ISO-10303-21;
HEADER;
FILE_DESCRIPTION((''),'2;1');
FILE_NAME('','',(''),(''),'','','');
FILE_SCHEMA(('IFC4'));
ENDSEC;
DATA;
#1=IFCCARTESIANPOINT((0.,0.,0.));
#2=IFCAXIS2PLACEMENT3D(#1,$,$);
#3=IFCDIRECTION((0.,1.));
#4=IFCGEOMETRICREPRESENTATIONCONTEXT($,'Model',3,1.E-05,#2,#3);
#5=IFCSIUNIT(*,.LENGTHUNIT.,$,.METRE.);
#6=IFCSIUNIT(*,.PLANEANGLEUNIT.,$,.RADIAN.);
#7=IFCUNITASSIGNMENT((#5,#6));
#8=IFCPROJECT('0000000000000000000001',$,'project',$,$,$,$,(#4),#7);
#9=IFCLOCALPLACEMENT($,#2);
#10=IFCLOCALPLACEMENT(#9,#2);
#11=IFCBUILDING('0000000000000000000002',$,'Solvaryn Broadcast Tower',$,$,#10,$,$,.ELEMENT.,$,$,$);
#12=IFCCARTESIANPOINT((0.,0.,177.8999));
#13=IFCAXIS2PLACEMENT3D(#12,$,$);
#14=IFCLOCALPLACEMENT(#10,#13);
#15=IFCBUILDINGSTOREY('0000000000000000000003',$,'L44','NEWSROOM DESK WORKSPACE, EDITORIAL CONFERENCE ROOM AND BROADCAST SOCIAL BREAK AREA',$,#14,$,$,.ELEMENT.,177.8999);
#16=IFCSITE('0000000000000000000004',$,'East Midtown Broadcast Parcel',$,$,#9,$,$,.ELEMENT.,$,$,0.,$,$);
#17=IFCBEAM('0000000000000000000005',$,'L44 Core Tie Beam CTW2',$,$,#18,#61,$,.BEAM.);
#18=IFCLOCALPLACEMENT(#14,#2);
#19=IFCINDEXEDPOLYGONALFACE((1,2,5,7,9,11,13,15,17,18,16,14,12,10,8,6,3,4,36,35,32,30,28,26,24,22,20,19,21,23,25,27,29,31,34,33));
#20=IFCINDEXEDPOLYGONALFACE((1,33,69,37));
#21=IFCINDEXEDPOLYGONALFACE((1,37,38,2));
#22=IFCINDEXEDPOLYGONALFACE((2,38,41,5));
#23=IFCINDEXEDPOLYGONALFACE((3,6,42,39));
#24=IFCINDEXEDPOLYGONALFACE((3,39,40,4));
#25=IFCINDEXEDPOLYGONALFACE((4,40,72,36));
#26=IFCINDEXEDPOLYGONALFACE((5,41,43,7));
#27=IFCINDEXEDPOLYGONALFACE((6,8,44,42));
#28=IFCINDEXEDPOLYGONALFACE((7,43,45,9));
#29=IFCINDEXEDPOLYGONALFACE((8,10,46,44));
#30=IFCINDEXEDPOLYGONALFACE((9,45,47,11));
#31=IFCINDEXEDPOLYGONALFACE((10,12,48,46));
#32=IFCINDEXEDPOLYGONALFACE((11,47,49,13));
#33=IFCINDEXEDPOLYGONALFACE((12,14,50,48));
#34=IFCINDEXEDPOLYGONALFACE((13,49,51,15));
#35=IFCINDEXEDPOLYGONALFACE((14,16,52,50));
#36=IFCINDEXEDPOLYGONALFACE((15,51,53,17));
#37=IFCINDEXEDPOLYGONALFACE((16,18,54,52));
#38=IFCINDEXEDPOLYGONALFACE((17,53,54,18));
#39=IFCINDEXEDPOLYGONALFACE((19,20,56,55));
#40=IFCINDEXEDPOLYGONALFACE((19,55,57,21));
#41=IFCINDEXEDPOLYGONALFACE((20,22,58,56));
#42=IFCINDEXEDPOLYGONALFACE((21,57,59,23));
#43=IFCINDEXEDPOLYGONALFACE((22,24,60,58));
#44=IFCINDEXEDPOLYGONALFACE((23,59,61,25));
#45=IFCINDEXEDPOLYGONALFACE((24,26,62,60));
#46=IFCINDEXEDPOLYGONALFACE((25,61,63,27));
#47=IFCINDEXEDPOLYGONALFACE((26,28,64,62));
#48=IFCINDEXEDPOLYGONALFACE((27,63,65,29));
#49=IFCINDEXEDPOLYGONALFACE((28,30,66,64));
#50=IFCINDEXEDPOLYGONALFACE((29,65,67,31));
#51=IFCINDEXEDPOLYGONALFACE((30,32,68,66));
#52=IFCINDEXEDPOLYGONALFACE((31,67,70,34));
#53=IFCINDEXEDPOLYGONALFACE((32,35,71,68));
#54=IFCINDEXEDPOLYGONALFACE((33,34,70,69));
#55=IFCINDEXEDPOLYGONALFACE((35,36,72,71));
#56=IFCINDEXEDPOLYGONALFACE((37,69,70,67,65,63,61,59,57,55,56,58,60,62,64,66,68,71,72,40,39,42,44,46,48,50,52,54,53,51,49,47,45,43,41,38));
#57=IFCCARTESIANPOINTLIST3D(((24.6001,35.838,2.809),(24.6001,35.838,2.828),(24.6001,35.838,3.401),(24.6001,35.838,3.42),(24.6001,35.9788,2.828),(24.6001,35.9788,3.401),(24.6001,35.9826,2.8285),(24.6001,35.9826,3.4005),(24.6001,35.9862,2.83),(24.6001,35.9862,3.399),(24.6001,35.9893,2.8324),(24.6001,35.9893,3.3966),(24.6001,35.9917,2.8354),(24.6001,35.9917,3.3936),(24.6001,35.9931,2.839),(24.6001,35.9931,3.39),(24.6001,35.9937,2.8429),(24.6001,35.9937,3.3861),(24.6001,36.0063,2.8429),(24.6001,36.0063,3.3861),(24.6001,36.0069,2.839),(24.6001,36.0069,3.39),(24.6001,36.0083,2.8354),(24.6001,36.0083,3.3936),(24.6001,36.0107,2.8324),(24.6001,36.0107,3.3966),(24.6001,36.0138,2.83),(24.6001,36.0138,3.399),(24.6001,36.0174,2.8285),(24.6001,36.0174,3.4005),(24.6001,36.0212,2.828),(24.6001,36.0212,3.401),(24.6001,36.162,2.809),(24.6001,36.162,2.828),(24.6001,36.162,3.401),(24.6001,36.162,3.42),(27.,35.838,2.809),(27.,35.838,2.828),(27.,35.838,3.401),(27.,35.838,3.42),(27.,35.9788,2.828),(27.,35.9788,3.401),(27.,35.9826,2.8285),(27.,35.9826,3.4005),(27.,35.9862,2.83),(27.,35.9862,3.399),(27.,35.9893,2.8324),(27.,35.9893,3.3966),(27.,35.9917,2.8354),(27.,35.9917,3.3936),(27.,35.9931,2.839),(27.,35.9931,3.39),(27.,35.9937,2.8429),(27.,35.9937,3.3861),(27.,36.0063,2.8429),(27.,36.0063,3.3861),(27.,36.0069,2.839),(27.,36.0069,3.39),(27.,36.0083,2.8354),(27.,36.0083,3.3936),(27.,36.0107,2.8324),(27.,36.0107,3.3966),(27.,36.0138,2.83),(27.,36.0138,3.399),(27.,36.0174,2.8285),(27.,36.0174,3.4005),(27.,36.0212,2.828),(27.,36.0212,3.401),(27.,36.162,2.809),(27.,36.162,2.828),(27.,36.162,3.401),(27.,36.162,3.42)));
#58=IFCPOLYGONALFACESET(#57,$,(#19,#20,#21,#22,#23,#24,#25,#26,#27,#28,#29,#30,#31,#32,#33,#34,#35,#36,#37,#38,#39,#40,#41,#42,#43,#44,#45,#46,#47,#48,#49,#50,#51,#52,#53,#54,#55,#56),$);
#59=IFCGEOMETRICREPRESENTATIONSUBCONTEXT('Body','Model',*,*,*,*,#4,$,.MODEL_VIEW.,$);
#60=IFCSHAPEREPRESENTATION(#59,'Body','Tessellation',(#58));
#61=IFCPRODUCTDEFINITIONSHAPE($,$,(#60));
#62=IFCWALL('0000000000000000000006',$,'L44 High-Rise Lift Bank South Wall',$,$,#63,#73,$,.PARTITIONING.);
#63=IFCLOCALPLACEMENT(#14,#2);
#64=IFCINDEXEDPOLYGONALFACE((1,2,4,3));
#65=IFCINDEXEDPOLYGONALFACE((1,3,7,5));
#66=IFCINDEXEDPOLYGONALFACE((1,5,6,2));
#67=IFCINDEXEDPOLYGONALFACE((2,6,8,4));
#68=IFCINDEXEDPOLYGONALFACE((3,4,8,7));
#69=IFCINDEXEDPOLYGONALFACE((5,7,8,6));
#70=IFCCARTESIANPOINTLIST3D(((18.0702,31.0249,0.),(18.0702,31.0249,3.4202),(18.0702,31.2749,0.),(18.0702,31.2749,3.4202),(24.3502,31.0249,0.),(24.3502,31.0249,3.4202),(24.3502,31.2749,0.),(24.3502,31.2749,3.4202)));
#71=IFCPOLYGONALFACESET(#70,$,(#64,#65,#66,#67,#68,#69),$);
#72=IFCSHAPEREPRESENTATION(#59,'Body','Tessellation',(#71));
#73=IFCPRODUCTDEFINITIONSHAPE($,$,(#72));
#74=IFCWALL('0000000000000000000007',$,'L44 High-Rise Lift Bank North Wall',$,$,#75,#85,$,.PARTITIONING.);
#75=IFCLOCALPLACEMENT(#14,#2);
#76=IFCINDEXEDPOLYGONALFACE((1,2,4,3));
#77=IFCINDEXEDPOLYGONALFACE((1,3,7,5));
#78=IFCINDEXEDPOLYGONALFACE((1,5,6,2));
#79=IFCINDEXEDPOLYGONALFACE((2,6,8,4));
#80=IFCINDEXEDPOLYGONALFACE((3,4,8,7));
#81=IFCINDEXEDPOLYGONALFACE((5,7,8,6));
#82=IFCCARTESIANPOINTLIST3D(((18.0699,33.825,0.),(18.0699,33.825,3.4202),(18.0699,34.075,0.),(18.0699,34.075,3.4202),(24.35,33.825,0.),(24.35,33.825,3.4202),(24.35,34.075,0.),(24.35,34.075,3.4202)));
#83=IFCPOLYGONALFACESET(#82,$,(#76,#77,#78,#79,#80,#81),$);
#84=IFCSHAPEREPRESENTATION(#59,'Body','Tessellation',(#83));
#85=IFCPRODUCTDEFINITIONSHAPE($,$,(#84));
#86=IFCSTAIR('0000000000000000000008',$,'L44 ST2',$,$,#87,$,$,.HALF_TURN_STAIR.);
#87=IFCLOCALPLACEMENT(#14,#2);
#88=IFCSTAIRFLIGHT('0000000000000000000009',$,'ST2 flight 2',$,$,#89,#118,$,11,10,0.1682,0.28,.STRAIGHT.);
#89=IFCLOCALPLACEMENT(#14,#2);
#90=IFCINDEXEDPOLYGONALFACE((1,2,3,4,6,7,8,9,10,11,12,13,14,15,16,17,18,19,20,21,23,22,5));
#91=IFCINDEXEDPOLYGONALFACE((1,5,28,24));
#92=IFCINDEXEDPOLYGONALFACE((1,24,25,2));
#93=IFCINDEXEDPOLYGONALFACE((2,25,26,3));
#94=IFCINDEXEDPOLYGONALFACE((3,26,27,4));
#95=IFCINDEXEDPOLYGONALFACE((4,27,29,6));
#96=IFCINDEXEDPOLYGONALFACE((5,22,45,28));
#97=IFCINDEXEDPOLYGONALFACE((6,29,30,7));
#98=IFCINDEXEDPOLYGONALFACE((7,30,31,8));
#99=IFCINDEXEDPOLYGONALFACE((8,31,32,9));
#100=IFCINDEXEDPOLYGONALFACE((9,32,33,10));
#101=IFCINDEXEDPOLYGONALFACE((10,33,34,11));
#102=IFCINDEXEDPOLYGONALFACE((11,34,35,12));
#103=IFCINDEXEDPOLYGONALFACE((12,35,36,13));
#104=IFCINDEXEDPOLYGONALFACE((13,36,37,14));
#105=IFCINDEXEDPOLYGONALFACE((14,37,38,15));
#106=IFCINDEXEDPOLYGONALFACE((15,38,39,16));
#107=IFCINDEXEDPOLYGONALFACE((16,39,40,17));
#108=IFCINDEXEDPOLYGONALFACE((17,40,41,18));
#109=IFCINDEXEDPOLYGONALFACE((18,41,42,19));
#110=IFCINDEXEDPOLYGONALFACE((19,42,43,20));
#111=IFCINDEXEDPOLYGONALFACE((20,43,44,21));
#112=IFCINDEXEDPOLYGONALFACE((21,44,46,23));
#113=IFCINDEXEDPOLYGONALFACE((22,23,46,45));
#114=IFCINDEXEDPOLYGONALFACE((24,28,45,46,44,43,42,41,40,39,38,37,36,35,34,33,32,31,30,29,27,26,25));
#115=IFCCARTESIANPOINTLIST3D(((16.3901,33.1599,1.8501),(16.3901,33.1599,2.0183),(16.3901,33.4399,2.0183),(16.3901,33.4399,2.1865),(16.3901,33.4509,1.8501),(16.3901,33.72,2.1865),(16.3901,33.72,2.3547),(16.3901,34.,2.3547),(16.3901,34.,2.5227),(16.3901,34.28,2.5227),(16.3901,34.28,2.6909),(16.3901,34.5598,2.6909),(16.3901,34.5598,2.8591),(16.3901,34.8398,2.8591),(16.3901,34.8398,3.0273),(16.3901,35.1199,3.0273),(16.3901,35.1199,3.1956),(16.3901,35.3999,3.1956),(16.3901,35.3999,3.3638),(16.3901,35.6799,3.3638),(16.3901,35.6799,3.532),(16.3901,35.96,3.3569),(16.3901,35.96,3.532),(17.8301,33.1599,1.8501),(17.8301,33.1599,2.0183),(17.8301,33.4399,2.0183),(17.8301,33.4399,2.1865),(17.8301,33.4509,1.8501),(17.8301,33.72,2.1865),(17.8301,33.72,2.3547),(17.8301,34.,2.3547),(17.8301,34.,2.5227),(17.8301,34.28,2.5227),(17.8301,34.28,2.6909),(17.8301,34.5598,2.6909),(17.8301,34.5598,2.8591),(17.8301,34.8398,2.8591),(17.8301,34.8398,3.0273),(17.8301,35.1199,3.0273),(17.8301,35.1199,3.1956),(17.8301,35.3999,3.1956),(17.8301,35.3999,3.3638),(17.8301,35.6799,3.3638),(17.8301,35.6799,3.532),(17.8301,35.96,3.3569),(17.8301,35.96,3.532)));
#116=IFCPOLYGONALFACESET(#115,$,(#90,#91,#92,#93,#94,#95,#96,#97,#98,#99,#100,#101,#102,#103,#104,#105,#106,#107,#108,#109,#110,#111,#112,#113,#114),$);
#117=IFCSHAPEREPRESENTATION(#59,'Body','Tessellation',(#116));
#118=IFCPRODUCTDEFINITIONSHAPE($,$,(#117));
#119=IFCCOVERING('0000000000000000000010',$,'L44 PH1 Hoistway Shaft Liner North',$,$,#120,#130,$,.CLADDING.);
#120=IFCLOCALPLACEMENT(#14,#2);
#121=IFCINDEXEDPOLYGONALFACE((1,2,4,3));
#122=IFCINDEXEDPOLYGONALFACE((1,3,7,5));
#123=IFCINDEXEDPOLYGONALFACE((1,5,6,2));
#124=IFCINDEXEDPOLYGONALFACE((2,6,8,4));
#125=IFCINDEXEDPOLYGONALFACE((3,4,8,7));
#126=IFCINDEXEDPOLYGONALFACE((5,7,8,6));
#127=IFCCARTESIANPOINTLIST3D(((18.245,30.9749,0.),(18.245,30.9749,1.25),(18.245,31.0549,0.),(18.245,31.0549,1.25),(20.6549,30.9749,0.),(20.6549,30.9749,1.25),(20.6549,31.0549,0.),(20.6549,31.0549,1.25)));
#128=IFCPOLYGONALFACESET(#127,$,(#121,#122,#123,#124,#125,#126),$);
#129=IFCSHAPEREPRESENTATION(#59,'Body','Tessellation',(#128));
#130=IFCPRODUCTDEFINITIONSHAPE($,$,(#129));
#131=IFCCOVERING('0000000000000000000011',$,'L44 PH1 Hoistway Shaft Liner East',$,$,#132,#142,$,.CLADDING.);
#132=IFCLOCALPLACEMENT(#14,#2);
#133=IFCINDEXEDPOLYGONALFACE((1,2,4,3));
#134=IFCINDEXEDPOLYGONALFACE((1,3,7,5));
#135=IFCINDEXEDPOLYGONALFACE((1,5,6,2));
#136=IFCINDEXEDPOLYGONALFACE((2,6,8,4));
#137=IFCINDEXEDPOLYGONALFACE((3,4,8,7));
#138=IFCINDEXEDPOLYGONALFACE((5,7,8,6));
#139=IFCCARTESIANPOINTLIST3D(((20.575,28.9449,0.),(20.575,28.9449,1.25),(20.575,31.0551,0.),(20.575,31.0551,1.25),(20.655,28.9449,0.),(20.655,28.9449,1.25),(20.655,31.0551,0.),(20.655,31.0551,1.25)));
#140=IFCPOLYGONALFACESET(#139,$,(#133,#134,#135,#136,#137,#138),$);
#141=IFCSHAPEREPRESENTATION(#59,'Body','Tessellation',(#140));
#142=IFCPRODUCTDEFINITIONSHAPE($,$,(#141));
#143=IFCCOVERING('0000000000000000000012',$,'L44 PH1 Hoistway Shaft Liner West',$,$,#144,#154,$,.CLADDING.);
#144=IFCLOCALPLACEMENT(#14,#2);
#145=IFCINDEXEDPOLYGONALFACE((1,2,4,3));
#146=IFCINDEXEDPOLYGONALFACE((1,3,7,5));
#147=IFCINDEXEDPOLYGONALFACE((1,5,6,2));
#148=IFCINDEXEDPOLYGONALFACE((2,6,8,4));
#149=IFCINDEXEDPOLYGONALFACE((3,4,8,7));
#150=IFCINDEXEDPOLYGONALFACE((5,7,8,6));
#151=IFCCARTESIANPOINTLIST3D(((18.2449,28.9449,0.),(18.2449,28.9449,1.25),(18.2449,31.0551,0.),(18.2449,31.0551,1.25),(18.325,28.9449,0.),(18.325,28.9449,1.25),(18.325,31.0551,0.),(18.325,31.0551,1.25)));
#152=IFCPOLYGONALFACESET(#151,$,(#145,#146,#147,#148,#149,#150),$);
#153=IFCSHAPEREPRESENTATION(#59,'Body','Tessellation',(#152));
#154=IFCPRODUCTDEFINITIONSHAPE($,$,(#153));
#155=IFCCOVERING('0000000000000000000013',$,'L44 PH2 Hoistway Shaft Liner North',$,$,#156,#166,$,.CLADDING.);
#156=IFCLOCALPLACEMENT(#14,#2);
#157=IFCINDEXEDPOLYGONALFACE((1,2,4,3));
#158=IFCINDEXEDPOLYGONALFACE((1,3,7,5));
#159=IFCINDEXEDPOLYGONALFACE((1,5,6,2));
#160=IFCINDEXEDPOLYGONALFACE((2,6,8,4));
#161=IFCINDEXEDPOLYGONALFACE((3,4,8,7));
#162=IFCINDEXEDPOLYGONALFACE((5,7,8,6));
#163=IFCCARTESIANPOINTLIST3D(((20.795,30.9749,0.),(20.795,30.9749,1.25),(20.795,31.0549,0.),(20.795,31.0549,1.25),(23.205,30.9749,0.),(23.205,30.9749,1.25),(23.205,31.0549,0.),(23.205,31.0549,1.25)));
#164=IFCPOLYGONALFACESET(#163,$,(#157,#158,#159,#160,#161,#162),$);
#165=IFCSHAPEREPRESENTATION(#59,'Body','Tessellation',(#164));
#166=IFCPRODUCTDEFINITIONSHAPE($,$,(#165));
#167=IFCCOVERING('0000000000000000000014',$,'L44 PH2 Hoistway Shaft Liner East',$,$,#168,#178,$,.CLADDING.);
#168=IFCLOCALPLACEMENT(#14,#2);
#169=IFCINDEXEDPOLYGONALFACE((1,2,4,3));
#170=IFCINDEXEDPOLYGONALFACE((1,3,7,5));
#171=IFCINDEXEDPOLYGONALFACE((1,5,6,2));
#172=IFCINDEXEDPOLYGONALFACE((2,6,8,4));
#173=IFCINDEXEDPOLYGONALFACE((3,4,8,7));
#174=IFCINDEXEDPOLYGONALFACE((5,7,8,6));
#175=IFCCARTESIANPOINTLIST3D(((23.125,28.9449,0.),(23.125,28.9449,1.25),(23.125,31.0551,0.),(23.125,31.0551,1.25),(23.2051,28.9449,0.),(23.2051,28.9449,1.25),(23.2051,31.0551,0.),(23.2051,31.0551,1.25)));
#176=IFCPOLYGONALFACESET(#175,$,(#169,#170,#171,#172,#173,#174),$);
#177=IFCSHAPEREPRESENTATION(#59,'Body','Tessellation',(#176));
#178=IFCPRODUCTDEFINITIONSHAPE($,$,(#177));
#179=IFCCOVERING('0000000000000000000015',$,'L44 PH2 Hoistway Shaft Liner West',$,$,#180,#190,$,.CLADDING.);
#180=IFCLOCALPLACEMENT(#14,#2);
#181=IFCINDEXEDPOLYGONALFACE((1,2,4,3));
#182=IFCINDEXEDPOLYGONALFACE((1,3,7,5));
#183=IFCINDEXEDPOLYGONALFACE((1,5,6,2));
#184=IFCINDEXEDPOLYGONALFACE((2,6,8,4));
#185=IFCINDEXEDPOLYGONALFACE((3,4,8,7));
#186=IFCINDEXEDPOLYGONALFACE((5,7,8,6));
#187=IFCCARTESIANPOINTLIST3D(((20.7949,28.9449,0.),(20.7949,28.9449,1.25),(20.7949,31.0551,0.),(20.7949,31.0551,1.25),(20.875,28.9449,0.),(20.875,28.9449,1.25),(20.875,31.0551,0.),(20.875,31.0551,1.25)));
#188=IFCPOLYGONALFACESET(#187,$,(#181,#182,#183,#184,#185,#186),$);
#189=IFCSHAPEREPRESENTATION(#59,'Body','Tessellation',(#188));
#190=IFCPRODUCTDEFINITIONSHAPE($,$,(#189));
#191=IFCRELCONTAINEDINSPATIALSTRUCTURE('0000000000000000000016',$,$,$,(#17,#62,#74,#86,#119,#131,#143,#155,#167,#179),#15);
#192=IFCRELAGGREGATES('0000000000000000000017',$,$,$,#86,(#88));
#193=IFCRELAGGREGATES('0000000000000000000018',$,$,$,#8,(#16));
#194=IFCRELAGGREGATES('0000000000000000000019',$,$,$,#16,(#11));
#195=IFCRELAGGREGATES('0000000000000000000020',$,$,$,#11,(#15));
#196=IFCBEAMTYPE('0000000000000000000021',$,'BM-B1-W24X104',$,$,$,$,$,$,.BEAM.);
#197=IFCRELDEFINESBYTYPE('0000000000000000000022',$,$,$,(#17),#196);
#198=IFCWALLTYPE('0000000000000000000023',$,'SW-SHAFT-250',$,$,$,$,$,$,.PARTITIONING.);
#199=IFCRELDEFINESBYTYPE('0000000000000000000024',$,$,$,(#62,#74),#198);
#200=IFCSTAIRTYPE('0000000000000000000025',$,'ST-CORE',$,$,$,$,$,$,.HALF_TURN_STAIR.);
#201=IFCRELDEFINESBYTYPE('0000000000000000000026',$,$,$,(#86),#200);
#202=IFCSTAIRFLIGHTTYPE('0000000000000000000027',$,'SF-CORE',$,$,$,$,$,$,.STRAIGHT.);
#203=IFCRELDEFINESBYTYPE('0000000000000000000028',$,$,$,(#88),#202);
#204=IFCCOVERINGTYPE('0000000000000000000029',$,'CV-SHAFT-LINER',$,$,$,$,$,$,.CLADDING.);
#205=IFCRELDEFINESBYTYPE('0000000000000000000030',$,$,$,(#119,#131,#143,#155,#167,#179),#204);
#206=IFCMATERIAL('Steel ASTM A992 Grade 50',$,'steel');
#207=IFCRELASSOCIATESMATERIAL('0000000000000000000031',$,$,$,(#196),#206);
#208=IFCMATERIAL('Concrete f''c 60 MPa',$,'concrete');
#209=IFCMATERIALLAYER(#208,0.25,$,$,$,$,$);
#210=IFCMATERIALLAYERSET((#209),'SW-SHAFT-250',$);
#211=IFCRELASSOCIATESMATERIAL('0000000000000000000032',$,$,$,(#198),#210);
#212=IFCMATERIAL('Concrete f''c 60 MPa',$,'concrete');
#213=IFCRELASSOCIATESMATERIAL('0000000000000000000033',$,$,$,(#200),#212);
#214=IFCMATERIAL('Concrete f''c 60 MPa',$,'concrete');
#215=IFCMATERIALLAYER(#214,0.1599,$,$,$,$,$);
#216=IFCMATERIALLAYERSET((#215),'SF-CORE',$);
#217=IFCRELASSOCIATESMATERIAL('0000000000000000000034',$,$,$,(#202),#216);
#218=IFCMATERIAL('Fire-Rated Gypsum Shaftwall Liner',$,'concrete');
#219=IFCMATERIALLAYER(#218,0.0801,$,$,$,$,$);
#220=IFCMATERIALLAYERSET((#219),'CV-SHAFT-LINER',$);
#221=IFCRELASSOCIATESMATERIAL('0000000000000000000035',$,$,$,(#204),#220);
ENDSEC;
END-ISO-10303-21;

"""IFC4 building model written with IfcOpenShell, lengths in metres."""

from ifc_helpers import new_model, si_unit, direction, frame, frame_2d, origin, origin_2d, place, context, subcontext, project, spatial, polyline, rectangle, i_section, outline, extrude, material, layer, layer_set, material_profile, profile_set, type_object, element, aggregate, save


model = new_model("IFC4")

# Units and contexts
model_context = context("Model", 3, precision=1e-05, world=origin(), true_north=direction((0.0, 1.0)))
body_context = subcontext(model_context, "Body", "Model", "MODEL_VIEW")
ifc_project = project(units=[si_unit("LENGTHUNIT", "METRE"), si_unit("PLANEANGLEUNIT", "RADIAN")], contexts=[model_context])

# Site, building, storey
site_placement = place(None, origin())
site = spatial("IfcSite", under=ifc_project, at=site_placement, Name="East Midtown Broadcast Parcel", CompositionType="ELEMENT", RefElevation=0.0)
building_placement = place(site_placement, origin())
building = spatial("IfcBuilding", under=site, at=building_placement, Name="Solvaryn Broadcast Tower", CompositionType="ELEMENT")
storey_placement = place(building_placement, frame((0.0, 0.0, 177.8999)))
storey = spatial("IfcBuildingStorey", under=building, at=storey_placement, Name="L44", Description="NEWSROOM DESK WORKSPACE, EDITORIAL CONFERENCE ROOM AND BROADCAST SOCIAL BREAK AREA", CompositionType="ELEMENT", Elevation=177.8999)

# Beam
ifc_material_1 = material(Name="Steel ASTM A992 Grade 50", Category="steel")
ifc_material_profile = material_profile(ifc_material_1, i_section(OverallWidth=0.324, OverallDepth=0.6111, WebThickness=0.0127, FlangeThickness=0.019, FilletRadius=0.0149, at=origin_2d()))
ifc_profile_set = profile_set([ifc_material_profile], Name="Steel ASTM A992 Grade 50")
beam_type = type_object("IfcBeamType", Name="BM-B1-W24X104", PredefinedType="BEAM", material=ifc_profile_set)
beam_placement = place(storey_placement, frame((24.6001, 36.0, 3.1145), z_axis=(1.0, 0.0, 0.0), x_axis=(0.0, 1.0, 0.0)))
element("IfcBeam", 1, at=beam_placement, inside=storey, type_object=beam_type, Name="L44 Core Tie Beam CTW2", PredefinedType="BEAM", context=body_context, shape_type="SweptSolid", body=[
    extrude(i_section(OverallWidth=0.324, OverallDepth=0.6111, WebThickness=0.0127, FlangeThickness=0.019, FilletRadius=0.0149, at=origin_2d()), origin(), (0.0, 0.0, 1.0), 2.3999),
])

# Walls
ifc_material_2 = material(Name="Concrete f'c 60 MPa", Category="concrete")
ifc_layer_1 = layer(ifc_material_2, 0.25)
ifc_layer_set_1 = layer_set([ifc_layer_1], Name="SW-SHAFT-250")
wall_type = type_object("IfcWallType", Name="SW-SHAFT-250", PredefinedType="PARTITIONING", material=ifc_layer_set_1)
for number, where, z_axis, x_axis, name in (
    (2, (18.0701, 31.1499, 0.0), (0.0, 0.0, 1.0), (1.0, 0.0, 0.0), "L44 High-Rise Lift Bank South Wall"),
    (3, (24.3501, 33.95, 0.0), (0.0, 0.0, 1.0), (-1.0, 0.0, 0.0), "L44 High-Rise Lift Bank North Wall"),
):
    element("IfcWall", number, at=place(storey_placement, frame(where, z_axis=z_axis, x_axis=x_axis)), inside=storey, type_object=wall_type, Name=name, PredefinedType="PARTITIONING", context=body_context, shape_type="SweptSolid", body=[
        extrude(rectangle(XDim=6.28, YDim=0.25, at=frame_2d((3.1401, 0.0))), origin(), (0.0, 0.0, 1.0), 3.4202),
    ])

# Stair, stair flight
ifc_material_3 = material(Name="Concrete f'c 60 MPa", Category="concrete")
stair_type = type_object("IfcStairType", Name="ST-CORE", PredefinedType="HALF_TURN_STAIR", material=ifc_material_3)
stair_placement = place(storey_placement, origin())
stair = element("IfcStair", 4, at=stair_placement, inside=storey, type_object=stair_type, Name="L44 ST2", PredefinedType="HALF_TURN_STAIR")
ifc_material_4 = material(Name="Concrete f'c 60 MPa", Category="concrete")
ifc_layer_2 = layer(ifc_material_4, 0.1599)
ifc_layer_set_2 = layer_set([ifc_layer_2], Name="SF-CORE")
stair_flight_type = type_object("IfcStairFlightType", Name="SF-CORE", PredefinedType="STRAIGHT", material=ifc_layer_set_2)
stair_flight_placement = place(storey_placement, frame((17.1101, 33.1599, 1.8501), z_axis=(0.0, 0.0, 1.0), x_axis=(0.0, 1.0, 0.0)))
stair_flight = element("IfcStairFlight", 5, at=stair_flight_placement, type_object=stair_flight_type, Name="ST2 flight 2", NumberOfRisers=11, NumberOfTreads=10, PredefinedType="STRAIGHT", RiserHeight=0.1682, TreadLength=0.28, context=body_context, shape_type="SweptSolid", body=[
    extrude(outline(polyline([(0.0, 0.0), (0.0, 0.1682), (0.28, 0.1682), (0.28, 0.3364), (0.5601, 0.3364), (0.5601, 0.5046), (0.8401, 0.5046), (0.8401, 0.6726), (1.1201, 0.6726), (1.1201, 0.8408), (1.3999, 0.8408), (1.3999, 1.009), (1.6799, 1.009), (1.6799, 1.1772), (1.96, 1.1772), (1.96, 1.3455), (2.24, 1.3455), (2.24, 1.5137), (2.52, 1.5137), (2.52, 1.6819), (2.8, 1.6819), (2.8, 1.8501), (2.8, 1.5068), (0.291, 0.0), (0.0, 0.0)])), frame((0.0, 0.72, 0.0), z_axis=(0.0, -1.0, 0.0), x_axis=(1.0, 0.0, 0.0)), (0.0, 0.0, 1.0), 1.4399),
])
aggregate(stair, [stair_flight])

# Coverings
ifc_material_5 = material(Name="Fire-Rated Gypsum Shaftwall Liner", Category="concrete")
ifc_layer_3 = layer(ifc_material_5, 0.0801)
ifc_layer_set_3 = layer_set([ifc_layer_3], Name="CV-SHAFT-LINER")
covering_type = type_object("IfcCoveringType", Name="CV-SHAFT-LINER", PredefinedType="CLADDING", material=ifc_layer_set_3)
covering_1_placement = place(storey_placement, frame((19.45, 31.0149, 0.0), z_axis=(0.0, 0.0, 1.0), x_axis=(1.0, 0.0, 0.0)))
element("IfcCovering", 6, at=covering_1_placement, inside=storey, type_object=covering_type, Name="L44 PH1 Hoistway Shaft Liner North", PredefinedType="CLADDING", context=body_context, shape_type="SweptSolid", body=[
    extrude(rectangle(XDim=2.4099, YDim=0.0801, at=origin_2d()), origin(), (0.0, 0.0, 1.0), 1.25),
])
for number, where, z_axis, x_axis, name in (
    (7, (20.615, 30.0, 0.0), (0.0, 0.0, 1.0), (1.0, 0.0, 0.0), "L44 PH1 Hoistway Shaft Liner East"),
    (8, (18.2849, 30.0, 0.0), (0.0, 0.0, 1.0), (1.0, 0.0, 0.0), "L44 PH1 Hoistway Shaft Liner West"),
):
    element("IfcCovering", number, at=place(storey_placement, frame(where, z_axis=z_axis, x_axis=x_axis)), inside=storey, type_object=covering_type, Name=name, PredefinedType="CLADDING", context=body_context, shape_type="SweptSolid", body=[
        extrude(rectangle(XDim=0.0801, YDim=2.1101, at=origin_2d()), origin(), (0.0, 0.0, 1.0), 1.25),
    ])
covering_2_placement = place(storey_placement, frame((22.0, 31.0149, 0.0), z_axis=(0.0, 0.0, 1.0), x_axis=(1.0, 0.0, 0.0)))
element("IfcCovering", 9, at=covering_2_placement, inside=storey, type_object=covering_type, Name="L44 PH2 Hoistway Shaft Liner North", PredefinedType="CLADDING", context=body_context, shape_type="SweptSolid", body=[
    extrude(rectangle(XDim=2.4099, YDim=0.0801, at=origin_2d()), origin(), (0.0, 0.0, 1.0), 1.25),
])
for number, where, z_axis, x_axis, name in (
    (10, (23.165, 30.0, 0.0), (0.0, 0.0, 1.0), (1.0, 0.0, 0.0), "L44 PH2 Hoistway Shaft Liner East"),
    (11, (20.835, 30.0, 0.0), (0.0, 0.0, 1.0), (1.0, 0.0, 0.0), "L44 PH2 Hoistway Shaft Liner West"),
):
    element("IfcCovering", number, at=place(storey_placement, frame(where, z_axis=z_axis, x_axis=x_axis)), inside=storey, type_object=covering_type, Name=name, PredefinedType="CLADDING", context=body_context, shape_type="SweptSolid", body=[
        extrude(rectangle(XDim=0.0801, YDim=2.1101, at=origin_2d()), origin(), (0.0, 0.0, 1.0), 1.25),
    ])

save(model, "model.ifc")
